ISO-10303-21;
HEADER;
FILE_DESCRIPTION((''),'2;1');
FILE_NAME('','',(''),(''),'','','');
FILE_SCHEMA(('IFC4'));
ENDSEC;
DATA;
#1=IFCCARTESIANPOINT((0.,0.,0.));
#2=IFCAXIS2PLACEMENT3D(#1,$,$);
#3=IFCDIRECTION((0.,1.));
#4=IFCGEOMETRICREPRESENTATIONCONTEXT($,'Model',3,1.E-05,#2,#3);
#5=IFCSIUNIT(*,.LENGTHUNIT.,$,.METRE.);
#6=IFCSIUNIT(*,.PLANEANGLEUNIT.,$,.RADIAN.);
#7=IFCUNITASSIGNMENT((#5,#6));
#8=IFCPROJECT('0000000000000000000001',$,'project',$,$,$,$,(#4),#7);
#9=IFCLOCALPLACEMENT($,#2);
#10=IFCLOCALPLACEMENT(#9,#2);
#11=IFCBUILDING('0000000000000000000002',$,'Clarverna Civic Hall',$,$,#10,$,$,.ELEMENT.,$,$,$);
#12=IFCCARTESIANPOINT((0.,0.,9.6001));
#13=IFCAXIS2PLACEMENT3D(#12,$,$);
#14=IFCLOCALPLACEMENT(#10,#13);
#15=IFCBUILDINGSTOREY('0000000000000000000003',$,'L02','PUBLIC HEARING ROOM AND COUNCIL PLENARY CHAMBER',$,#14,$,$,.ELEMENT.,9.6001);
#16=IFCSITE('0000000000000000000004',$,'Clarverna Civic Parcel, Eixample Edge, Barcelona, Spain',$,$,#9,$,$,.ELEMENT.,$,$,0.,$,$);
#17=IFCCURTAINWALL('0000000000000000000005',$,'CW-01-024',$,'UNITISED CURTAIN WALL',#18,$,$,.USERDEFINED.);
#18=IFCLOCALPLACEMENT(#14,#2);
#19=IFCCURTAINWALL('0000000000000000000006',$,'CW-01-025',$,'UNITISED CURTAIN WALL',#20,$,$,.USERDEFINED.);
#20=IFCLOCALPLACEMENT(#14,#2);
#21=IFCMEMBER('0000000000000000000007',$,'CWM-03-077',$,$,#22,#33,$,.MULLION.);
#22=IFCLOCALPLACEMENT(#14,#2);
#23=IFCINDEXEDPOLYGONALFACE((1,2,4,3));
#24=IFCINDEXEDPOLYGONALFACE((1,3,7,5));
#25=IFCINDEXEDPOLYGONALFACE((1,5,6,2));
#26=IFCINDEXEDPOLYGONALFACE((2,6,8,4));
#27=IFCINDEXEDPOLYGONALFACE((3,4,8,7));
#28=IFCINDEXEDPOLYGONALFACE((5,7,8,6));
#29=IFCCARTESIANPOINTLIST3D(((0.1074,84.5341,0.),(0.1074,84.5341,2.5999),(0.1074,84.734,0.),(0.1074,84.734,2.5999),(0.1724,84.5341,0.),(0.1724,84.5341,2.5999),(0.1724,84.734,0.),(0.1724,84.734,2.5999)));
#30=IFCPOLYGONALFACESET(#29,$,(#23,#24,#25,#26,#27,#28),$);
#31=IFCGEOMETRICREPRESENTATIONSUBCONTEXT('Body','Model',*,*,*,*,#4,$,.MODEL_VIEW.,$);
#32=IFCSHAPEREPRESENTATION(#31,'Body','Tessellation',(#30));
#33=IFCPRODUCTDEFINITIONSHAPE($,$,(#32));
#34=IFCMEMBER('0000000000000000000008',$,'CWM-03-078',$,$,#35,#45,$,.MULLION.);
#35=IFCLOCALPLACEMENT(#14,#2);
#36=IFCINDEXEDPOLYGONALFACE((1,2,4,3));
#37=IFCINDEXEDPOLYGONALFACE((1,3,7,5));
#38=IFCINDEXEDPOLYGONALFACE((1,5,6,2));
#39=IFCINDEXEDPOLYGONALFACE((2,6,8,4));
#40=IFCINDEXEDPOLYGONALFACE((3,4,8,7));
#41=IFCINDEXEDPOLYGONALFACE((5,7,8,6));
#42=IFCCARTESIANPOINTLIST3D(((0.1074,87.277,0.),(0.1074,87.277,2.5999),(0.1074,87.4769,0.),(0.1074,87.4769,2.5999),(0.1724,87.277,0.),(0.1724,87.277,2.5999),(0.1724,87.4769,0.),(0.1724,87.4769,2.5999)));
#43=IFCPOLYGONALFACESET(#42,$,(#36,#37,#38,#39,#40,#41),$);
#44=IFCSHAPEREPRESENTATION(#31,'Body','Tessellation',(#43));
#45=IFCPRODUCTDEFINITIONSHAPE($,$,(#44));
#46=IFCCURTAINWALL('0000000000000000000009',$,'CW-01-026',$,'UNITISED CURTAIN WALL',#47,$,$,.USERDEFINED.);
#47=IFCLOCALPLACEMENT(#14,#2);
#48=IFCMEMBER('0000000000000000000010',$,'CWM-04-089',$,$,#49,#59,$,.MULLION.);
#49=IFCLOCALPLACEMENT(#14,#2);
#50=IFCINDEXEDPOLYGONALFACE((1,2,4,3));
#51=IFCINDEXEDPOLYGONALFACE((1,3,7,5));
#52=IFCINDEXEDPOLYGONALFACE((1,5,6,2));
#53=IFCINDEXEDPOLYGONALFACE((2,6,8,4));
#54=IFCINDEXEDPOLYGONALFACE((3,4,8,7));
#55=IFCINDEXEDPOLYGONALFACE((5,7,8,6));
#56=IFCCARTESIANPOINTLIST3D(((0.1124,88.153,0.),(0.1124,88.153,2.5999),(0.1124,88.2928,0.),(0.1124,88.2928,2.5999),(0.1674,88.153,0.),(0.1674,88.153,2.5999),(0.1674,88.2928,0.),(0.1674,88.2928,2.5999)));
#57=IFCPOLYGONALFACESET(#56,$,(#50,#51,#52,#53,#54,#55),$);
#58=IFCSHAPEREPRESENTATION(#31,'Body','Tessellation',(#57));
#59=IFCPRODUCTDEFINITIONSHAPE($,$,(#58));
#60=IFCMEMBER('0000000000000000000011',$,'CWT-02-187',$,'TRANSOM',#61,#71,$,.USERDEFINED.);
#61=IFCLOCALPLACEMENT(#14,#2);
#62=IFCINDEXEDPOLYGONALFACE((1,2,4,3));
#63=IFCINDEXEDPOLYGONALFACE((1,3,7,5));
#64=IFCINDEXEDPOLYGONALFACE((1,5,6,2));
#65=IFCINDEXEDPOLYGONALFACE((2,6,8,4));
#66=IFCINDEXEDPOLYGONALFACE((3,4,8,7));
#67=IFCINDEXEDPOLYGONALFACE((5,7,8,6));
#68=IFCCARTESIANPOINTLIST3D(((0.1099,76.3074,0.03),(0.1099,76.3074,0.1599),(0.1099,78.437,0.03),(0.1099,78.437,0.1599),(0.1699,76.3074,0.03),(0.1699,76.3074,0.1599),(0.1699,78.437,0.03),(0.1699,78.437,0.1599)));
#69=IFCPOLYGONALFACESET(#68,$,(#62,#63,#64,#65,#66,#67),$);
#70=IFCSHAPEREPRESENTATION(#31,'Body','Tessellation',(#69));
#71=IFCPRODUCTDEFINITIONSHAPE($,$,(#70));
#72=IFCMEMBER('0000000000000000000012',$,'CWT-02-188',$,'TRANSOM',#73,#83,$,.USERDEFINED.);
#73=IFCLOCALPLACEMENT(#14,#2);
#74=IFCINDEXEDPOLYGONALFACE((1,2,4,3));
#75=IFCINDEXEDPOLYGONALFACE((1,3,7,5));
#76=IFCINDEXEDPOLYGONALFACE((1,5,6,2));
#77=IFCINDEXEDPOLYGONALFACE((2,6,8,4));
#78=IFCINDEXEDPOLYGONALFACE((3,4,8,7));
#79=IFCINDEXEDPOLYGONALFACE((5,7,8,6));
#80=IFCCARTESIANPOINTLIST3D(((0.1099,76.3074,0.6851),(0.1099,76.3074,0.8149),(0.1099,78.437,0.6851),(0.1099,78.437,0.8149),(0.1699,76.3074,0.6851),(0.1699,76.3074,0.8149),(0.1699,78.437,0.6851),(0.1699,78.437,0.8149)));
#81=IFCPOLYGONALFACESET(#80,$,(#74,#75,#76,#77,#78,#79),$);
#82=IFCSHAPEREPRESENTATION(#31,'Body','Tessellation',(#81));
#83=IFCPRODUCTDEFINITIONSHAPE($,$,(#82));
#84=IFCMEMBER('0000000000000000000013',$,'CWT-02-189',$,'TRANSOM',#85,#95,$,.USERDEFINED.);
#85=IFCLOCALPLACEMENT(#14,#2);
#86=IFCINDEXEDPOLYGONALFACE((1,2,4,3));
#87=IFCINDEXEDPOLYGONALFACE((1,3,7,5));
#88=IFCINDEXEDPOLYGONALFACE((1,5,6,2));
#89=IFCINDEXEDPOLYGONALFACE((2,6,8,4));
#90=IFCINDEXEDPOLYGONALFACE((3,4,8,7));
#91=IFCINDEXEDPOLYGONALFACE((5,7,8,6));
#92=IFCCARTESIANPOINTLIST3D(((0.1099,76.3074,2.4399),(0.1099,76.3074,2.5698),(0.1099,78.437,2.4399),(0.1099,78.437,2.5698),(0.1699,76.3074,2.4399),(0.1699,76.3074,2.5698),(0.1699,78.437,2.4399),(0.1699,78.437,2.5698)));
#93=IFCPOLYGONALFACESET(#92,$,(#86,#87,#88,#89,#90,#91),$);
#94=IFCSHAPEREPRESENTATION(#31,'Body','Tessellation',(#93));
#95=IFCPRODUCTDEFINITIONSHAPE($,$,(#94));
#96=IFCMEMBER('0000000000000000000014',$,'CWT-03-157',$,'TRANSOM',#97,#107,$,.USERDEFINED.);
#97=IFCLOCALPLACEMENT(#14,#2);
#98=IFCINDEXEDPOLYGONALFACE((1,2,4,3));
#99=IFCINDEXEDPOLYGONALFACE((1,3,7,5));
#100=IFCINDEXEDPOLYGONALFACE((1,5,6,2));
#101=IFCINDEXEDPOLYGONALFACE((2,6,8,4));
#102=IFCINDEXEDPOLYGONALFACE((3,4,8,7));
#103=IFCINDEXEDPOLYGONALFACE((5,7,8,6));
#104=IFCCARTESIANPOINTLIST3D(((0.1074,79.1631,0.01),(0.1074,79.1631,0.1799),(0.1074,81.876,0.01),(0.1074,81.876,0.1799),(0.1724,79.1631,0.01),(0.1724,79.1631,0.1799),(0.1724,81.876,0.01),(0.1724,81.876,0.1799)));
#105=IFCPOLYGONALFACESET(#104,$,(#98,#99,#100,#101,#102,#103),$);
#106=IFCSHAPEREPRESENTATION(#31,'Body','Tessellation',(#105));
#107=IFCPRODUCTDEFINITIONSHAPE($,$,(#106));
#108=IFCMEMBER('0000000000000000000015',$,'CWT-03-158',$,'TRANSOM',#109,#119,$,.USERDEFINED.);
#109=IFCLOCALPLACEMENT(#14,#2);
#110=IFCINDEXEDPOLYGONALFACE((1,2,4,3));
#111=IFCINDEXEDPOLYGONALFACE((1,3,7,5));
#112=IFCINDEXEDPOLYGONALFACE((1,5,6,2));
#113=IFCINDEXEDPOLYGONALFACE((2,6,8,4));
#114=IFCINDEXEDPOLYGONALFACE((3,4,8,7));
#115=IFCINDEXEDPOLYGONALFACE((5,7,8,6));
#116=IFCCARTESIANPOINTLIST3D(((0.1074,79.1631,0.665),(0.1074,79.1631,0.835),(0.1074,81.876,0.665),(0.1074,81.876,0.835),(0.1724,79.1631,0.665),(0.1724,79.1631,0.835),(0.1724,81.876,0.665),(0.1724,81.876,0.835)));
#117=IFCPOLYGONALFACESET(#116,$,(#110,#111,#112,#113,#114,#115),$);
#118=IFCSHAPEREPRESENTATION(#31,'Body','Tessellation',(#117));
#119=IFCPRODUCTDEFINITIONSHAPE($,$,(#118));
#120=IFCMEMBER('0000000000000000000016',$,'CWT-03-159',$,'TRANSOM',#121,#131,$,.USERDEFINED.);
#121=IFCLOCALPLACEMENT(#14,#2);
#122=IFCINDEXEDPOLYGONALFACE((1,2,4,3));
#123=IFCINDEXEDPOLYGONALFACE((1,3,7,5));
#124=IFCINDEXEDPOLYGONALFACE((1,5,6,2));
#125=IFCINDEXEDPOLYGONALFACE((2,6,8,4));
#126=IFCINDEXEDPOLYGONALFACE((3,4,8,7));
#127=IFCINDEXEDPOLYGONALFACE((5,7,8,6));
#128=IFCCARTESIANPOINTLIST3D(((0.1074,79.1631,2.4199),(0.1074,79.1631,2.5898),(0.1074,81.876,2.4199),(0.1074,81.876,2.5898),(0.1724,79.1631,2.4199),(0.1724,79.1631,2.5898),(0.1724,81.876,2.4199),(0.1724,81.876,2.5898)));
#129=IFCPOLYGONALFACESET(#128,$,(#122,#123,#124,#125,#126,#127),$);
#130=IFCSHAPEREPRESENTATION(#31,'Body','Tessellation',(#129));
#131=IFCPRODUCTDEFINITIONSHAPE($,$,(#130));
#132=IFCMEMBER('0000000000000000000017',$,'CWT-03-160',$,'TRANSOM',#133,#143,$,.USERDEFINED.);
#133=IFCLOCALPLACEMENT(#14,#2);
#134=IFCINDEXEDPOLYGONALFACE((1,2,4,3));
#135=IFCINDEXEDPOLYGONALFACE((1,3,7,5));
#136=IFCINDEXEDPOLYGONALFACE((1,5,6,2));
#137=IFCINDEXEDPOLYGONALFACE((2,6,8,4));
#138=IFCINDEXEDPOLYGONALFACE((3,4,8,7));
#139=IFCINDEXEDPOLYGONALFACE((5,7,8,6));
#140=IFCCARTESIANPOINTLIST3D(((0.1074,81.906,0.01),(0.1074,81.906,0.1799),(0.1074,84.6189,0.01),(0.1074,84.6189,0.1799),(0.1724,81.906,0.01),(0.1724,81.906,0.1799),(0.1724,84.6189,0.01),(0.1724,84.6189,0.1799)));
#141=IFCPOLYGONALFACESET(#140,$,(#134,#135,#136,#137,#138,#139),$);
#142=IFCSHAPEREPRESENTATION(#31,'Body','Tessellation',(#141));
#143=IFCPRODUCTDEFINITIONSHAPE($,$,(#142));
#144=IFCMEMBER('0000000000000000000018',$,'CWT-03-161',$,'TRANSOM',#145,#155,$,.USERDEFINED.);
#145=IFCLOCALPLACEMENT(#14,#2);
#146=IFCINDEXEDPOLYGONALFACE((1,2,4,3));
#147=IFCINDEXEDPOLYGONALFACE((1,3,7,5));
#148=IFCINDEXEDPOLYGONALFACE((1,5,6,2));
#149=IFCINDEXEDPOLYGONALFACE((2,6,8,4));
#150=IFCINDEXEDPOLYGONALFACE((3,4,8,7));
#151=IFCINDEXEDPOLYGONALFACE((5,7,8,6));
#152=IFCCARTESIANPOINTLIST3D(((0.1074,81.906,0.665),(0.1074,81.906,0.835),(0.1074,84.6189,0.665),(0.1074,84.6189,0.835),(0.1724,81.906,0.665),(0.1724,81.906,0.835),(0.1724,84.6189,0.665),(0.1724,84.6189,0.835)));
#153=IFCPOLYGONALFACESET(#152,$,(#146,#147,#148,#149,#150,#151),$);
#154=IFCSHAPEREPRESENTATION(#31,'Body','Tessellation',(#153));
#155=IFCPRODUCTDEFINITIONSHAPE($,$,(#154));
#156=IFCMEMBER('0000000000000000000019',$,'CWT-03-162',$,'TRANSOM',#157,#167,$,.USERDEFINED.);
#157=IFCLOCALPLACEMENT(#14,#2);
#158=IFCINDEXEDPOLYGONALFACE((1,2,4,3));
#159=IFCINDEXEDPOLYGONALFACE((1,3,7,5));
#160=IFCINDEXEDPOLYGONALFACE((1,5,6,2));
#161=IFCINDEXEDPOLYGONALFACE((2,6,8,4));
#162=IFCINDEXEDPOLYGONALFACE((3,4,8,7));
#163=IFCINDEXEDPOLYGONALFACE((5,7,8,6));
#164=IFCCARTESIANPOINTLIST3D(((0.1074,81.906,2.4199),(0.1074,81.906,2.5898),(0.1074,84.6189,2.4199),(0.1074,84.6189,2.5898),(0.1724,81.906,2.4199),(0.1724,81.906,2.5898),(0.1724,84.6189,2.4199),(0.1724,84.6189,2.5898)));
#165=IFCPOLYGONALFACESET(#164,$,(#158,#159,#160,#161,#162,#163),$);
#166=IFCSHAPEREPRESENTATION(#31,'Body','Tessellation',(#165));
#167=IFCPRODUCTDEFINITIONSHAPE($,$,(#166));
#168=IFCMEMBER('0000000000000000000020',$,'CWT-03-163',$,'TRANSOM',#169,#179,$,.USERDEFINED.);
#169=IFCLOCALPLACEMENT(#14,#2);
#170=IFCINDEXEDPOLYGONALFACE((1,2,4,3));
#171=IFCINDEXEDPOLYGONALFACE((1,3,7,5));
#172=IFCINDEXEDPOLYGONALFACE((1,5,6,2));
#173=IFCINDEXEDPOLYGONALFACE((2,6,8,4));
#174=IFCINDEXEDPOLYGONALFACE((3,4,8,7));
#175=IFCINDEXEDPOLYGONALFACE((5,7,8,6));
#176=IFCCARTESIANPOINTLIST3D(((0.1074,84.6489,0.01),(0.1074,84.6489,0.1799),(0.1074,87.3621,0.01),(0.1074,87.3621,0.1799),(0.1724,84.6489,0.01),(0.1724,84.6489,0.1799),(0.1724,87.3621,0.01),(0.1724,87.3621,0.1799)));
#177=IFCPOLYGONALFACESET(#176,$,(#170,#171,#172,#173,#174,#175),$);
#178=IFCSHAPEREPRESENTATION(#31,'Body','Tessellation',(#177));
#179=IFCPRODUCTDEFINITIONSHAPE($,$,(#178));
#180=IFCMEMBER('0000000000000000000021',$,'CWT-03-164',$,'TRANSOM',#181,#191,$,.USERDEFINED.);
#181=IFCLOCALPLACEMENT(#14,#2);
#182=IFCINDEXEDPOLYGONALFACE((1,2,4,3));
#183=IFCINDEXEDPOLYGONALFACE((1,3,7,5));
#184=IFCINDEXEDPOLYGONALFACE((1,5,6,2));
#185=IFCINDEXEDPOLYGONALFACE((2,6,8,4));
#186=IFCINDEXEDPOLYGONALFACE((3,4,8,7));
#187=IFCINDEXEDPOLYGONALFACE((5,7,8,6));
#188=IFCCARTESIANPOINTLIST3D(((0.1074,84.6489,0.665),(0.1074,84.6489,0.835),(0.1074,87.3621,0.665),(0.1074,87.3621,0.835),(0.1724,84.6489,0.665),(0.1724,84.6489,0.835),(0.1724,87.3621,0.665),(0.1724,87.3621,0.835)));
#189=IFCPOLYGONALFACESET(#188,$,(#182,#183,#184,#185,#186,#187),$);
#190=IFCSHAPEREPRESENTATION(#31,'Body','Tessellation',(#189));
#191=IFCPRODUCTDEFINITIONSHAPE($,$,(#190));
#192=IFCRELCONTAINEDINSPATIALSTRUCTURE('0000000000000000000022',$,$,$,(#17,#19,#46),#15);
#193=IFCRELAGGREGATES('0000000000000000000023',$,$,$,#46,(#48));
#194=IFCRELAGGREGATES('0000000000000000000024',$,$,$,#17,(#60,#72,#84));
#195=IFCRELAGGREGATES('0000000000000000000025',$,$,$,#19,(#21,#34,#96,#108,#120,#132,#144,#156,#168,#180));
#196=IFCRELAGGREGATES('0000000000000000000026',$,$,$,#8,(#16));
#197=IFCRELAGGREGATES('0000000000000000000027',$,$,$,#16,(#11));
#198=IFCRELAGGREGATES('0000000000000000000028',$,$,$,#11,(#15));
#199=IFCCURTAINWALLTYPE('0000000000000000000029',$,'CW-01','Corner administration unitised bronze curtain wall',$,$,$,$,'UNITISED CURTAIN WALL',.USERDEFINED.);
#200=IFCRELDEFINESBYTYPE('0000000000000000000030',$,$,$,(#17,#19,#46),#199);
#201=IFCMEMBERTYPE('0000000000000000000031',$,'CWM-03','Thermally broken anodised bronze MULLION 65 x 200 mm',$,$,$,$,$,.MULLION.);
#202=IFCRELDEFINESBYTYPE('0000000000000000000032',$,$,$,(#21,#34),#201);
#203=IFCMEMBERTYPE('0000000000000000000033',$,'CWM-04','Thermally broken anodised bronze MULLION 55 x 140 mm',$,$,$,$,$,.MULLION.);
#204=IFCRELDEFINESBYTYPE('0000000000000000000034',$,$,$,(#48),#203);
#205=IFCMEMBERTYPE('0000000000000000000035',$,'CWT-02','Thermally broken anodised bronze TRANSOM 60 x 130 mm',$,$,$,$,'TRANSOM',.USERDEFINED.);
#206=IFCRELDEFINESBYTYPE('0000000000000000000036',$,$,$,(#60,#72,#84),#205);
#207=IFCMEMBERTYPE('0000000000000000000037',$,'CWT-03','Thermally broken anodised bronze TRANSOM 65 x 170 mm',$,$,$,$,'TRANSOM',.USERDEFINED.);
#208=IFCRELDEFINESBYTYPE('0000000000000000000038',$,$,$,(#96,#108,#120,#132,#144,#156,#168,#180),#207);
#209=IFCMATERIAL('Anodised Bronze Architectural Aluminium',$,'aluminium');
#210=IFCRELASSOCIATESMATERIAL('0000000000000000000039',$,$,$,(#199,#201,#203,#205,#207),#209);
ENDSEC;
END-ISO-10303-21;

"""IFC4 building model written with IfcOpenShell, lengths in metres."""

from ifc_helpers import new_model, si_unit, direction, frame, origin, origin_2d, place, context, subcontext, project, spatial, rectangle, extrude, material, material_profile, profile_set, type_object, element, aggregate, save


model = new_model("IFC4")

# Units and contexts
model_context = context("Model", 3, precision=1e-05, world=origin(), true_north=direction((0.0, 1.0)))
body_context = subcontext(model_context, "Body", "Model", "MODEL_VIEW")
ifc_project = project(units=[si_unit("LENGTHUNIT", "METRE"), si_unit("PLANEANGLEUNIT", "RADIAN")], contexts=[model_context])

# Site, building, storey
site_placement = place(None, origin())
site = spatial("IfcSite", under=ifc_project, at=site_placement, Name="Clarverna Civic Parcel, Eixample Edge, Barcelona, Spain", CompositionType="ELEMENT", RefElevation=0.0)
building_placement = place(site_placement, origin())
building = spatial("IfcBuilding", under=site, at=building_placement, Name="Clarverna Civic Hall", CompositionType="ELEMENT")
storey_placement = place(building_placement, frame((0.0, 0.0, 9.6001)))
storey = spatial("IfcBuildingStorey", under=building, at=storey_placement, Name="L02", Description="PUBLIC HEARING ROOM AND COUNCIL PLENARY CHAMBER", CompositionType="ELEMENT", Elevation=9.6001)

# Curtain walls, members
ifc_material_1 = material(Name="Anodised Bronze Architectural Aluminium", Category="aluminium")
curtain_wall_type = type_object("IfcCurtainWallType", Name="CW-01", Description="Corner administration unitised bronze curtain wall", ElementType="UNITISED CURTAIN WALL", PredefinedType="USERDEFINED", material=ifc_material_1)
curtain_wall_1_placement = place(storey_placement, origin())
curtain_wall_1 = element("IfcCurtainWall", 1, at=curtain_wall_1_placement, inside=storey, type_object=curtain_wall_type, Name="CW-01-024", ObjectType="UNITISED CURTAIN WALL", PredefinedType="USERDEFINED")
curtain_wall_2_placement = place(storey_placement, origin())
curtain_wall_2 = element("IfcCurtainWall", 2, at=curtain_wall_2_placement, inside=storey, type_object=curtain_wall_type, Name="CW-01-025", ObjectType="UNITISED CURTAIN WALL", PredefinedType="USERDEFINED")
ifc_material_profile_1 = material_profile(ifc_material_1, rectangle(XDim=0.0649, YDim=0.2, at=origin_2d()), Name="BRONZE 65x200")
ifc_profile_set_1 = profile_set([ifc_material_profile_1], Name="Anodised Bronze Architectural Aluminium")
member_type_1 = type_object("IfcMemberType", Name="CWM-03", Description="Thermally broken anodised bronze MULLION 65 x 200 mm", PredefinedType="MULLION", material=ifc_profile_set_1)
member_1_placement = place(storey_placement, frame((0.1399, 84.634, 0.0), z_axis=(0.0, 0.0, 1.0), x_axis=(1.0, 0.0, 0.0)))
member_1 = element("IfcMember", 3, at=member_1_placement, type_object=member_type_1, Name="CWM-03-077", PredefinedType="MULLION", context=body_context, shape_type="SweptSolid", body=[
    extrude(rectangle(XDim=0.0649, YDim=0.2, at=origin_2d()), origin(), (0.0, 0.0, 1.0), 2.5999),
])
member_2_placement = place(storey_placement, frame((0.1399, 87.377, 0.0), z_axis=(0.0, 0.0, 1.0), x_axis=(1.0, 0.0, 0.0)))
member_2 = element("IfcMember", 4, at=member_2_placement, type_object=member_type_1, Name="CWM-03-078", PredefinedType="MULLION", context=body_context, shape_type="SweptSolid", body=[
    extrude(rectangle(XDim=0.0649, YDim=0.2, at=origin_2d()), origin(), (0.0, 0.0, 1.0), 2.5999),
])

# Curtain wall, member
curtain_wall_3_placement = place(storey_placement, origin())
curtain_wall_3 = element("IfcCurtainWall", 5, at=curtain_wall_3_placement, inside=storey, type_object=curtain_wall_type, Name="CW-01-026", ObjectType="UNITISED CURTAIN WALL", PredefinedType="USERDEFINED")
ifc_material_profile_2 = material_profile(ifc_material_1, rectangle(XDim=0.0549, YDim=0.1399, at=origin_2d()), Name="BRONZE 55x140")
ifc_profile_set_2 = profile_set([ifc_material_profile_2], Name="Anodised Bronze Architectural Aluminium")
member_type_2 = type_object("IfcMemberType", Name="CWM-04", Description="Thermally broken anodised bronze MULLION 55 x 140 mm", PredefinedType="MULLION", material=ifc_profile_set_2)
member_3_placement = place(storey_placement, frame((0.1399, 88.2229, 0.0), z_axis=(0.0, 0.0, 1.0), x_axis=(1.0, 0.0, 0.0)))
member_3 = element("IfcMember", 6, at=member_3_placement, type_object=member_type_2, Name="CWM-04-089", PredefinedType="MULLION", context=body_context, shape_type="SweptSolid", body=[
    extrude(rectangle(XDim=0.0549, YDim=0.1399, at=origin_2d()), origin(), (0.0, 0.0, 1.0), 2.5999),
])
aggregate(curtain_wall_3, [member_3])

# Members
ifc_material_profile_3 = material_profile(ifc_material_1, rectangle(XDim=0.0601, YDim=0.1299, at=origin_2d()), Name="BRONZE 60x130")
ifc_profile_set_3 = profile_set([ifc_material_profile_3], Name="Anodised Bronze Architectural Aluminium")
member_type_3 = type_object("IfcMemberType", Name="CWT-02", Description="Thermally broken anodised bronze TRANSOM 60 x 130 mm", ElementType="TRANSOM", PredefinedType="USERDEFINED", material=ifc_profile_set_3)
member_4_placement = place(storey_placement, frame((0.1399, 76.3074, 0.095), z_axis=(0.0, 1.0, 0.0), x_axis=(-1.0, 0.0, 0.0)))
member_4 = element("IfcMember", 7, at=member_4_placement, type_object=member_type_3, Name="CWT-02-187", ObjectType="TRANSOM", PredefinedType="USERDEFINED", context=body_context, shape_type="SweptSolid", body=[
    extrude(rectangle(XDim=0.0601, YDim=0.1299, at=origin_2d()), origin(), (0.0, 0.0, 1.0), 2.1296),
])
member_5_placement = place(storey_placement, frame((0.1399, 76.3074, 0.75), z_axis=(0.0, 1.0, 0.0), x_axis=(-1.0, 0.0, 0.0)))
member_5 = element("IfcMember", 8, at=member_5_placement, type_object=member_type_3, Name="CWT-02-188", ObjectType="TRANSOM", PredefinedType="USERDEFINED", context=body_context, shape_type="SweptSolid", body=[
    extrude(rectangle(XDim=0.0601, YDim=0.1299, at=origin_2d()), origin(), (0.0, 0.0, 1.0), 2.1296),
])
member_6_placement = place(storey_placement, frame((0.1399, 76.3074, 2.5049), z_axis=(0.0, 1.0, 0.0), x_axis=(-1.0, 0.0, 0.0)))
member_6 = element("IfcMember", 9, at=member_6_placement, type_object=member_type_3, Name="CWT-02-189", ObjectType="TRANSOM", PredefinedType="USERDEFINED", context=body_context, shape_type="SweptSolid", body=[
    extrude(rectangle(XDim=0.0601, YDim=0.1299, at=origin_2d()), origin(), (0.0, 0.0, 1.0), 2.1296),
])
ifc_material_profile_4 = material_profile(ifc_material_1, rectangle(XDim=0.0649, YDim=0.1699, at=origin_2d()), Name="BRONZE 65x170")
ifc_profile_set_4 = profile_set([ifc_material_profile_4], Name="Anodised Bronze Architectural Aluminium")
member_type_4 = type_object("IfcMemberType", Name="CWT-03", Description="Thermally broken anodised bronze TRANSOM 65 x 170 mm", ElementType="TRANSOM", PredefinedType="USERDEFINED", material=ifc_profile_set_4)
member_7_placement = place(storey_placement, frame((0.1399, 79.1631, 0.095), z_axis=(0.0, 1.0, 0.0), x_axis=(-1.0, 0.0, 0.0)))
member_7 = element("IfcMember", 10, at=member_7_placement, type_object=member_type_4, Name="CWT-03-157", ObjectType="TRANSOM", PredefinedType="USERDEFINED", context=body_context, shape_type="SweptSolid", body=[
    extrude(rectangle(XDim=0.0649, YDim=0.1699, at=origin_2d()), origin(), (0.0, 0.0, 1.0), 2.7129),
])
member_8_placement = place(storey_placement, frame((0.1399, 79.1631, 0.75), z_axis=(0.0, 1.0, 0.0), x_axis=(-1.0, 0.0, 0.0)))
member_8 = element("IfcMember", 11, at=member_8_placement, type_object=member_type_4, Name="CWT-03-158", ObjectType="TRANSOM", PredefinedType="USERDEFINED", context=body_context, shape_type="SweptSolid", body=[
    extrude(rectangle(XDim=0.0649, YDim=0.1699, at=origin_2d()), origin(), (0.0, 0.0, 1.0), 2.7129),
])
member_9_placement = place(storey_placement, frame((0.1399, 79.1631, 2.5049), z_axis=(0.0, 1.0, 0.0), x_axis=(-1.0, 0.0, 0.0)))
member_9 = element("IfcMember", 12, at=member_9_placement, type_object=member_type_4, Name="CWT-03-159", ObjectType="TRANSOM", PredefinedType="USERDEFINED", context=body_context, shape_type="SweptSolid", body=[
    extrude(rectangle(XDim=0.0649, YDim=0.1699, at=origin_2d()), origin(), (0.0, 0.0, 1.0), 2.7129),
])
member_10_placement = place(storey_placement, frame((0.1399, 81.906, 0.095), z_axis=(0.0, 1.0, 0.0), x_axis=(-1.0, 0.0, 0.0)))
member_10 = element("IfcMember", 13, at=member_10_placement, type_object=member_type_4, Name="CWT-03-160", ObjectType="TRANSOM", PredefinedType="USERDEFINED", context=body_context, shape_type="SweptSolid", body=[
    extrude(rectangle(XDim=0.0649, YDim=0.1699, at=origin_2d()), origin(), (0.0, 0.0, 1.0), 2.7129),
])
member_11_placement = place(storey_placement, frame((0.1399, 81.906, 0.75), z_axis=(0.0, 1.0, 0.0), x_axis=(-1.0, 0.0, 0.0)))
member_11 = element("IfcMember", 14, at=member_11_placement, type_object=member_type_4, Name="CWT-03-161", ObjectType="TRANSOM", PredefinedType="USERDEFINED", context=body_context, shape_type="SweptSolid", body=[
    extrude(rectangle(XDim=0.0649, YDim=0.1699, at=origin_2d()), origin(), (0.0, 0.0, 1.0), 2.7129),
])
member_12_placement = place(storey_placement, frame((0.1399, 81.906, 2.5049), z_axis=(0.0, 1.0, 0.0), x_axis=(-1.0, 0.0, 0.0)))
member_12 = element("IfcMember", 15, at=member_12_placement, type_object=member_type_4, Name="CWT-03-162", ObjectType="TRANSOM", PredefinedType="USERDEFINED", context=body_context, shape_type="SweptSolid", body=[
    extrude(rectangle(XDim=0.0649, YDim=0.1699, at=origin_2d()), origin(), (0.0, 0.0, 1.0), 2.7129),
])
member_13_placement = place(storey_placement, frame((0.1399, 84.6489, 0.095), z_axis=(0.0, 1.0, 0.0), x_axis=(-1.0, 0.0, 0.0)))
member_13 = element("IfcMember", 16, at=member_13_placement, type_object=member_type_4, Name="CWT-03-163", ObjectType="TRANSOM", PredefinedType="USERDEFINED", context=body_context, shape_type="SweptSolid", body=[
    extrude(rectangle(XDim=0.0649, YDim=0.1699, at=origin_2d()), origin(), (0.0, 0.0, 1.0), 2.7131),
])
member_14_placement = place(storey_placement, frame((0.1399, 84.6489, 0.75), z_axis=(0.0, 1.0, 0.0), x_axis=(-1.0, 0.0, 0.0)))
member_14 = element("IfcMember", 17, at=member_14_placement, type_object=member_type_4, Name="CWT-03-164", ObjectType="TRANSOM", PredefinedType="USERDEFINED", context=body_context, shape_type="SweptSolid", body=[
    extrude(rectangle(XDim=0.0649, YDim=0.1699, at=origin_2d()), origin(), (0.0, 0.0, 1.0), 2.7131),
])

aggregate(curtain_wall_1, [member_4, member_5, member_6])
aggregate(curtain_wall_2, [member_1, member_2, member_7, member_8, member_9, member_10, member_11, member_12, member_13, member_14])

save(model, "model.ifc")
